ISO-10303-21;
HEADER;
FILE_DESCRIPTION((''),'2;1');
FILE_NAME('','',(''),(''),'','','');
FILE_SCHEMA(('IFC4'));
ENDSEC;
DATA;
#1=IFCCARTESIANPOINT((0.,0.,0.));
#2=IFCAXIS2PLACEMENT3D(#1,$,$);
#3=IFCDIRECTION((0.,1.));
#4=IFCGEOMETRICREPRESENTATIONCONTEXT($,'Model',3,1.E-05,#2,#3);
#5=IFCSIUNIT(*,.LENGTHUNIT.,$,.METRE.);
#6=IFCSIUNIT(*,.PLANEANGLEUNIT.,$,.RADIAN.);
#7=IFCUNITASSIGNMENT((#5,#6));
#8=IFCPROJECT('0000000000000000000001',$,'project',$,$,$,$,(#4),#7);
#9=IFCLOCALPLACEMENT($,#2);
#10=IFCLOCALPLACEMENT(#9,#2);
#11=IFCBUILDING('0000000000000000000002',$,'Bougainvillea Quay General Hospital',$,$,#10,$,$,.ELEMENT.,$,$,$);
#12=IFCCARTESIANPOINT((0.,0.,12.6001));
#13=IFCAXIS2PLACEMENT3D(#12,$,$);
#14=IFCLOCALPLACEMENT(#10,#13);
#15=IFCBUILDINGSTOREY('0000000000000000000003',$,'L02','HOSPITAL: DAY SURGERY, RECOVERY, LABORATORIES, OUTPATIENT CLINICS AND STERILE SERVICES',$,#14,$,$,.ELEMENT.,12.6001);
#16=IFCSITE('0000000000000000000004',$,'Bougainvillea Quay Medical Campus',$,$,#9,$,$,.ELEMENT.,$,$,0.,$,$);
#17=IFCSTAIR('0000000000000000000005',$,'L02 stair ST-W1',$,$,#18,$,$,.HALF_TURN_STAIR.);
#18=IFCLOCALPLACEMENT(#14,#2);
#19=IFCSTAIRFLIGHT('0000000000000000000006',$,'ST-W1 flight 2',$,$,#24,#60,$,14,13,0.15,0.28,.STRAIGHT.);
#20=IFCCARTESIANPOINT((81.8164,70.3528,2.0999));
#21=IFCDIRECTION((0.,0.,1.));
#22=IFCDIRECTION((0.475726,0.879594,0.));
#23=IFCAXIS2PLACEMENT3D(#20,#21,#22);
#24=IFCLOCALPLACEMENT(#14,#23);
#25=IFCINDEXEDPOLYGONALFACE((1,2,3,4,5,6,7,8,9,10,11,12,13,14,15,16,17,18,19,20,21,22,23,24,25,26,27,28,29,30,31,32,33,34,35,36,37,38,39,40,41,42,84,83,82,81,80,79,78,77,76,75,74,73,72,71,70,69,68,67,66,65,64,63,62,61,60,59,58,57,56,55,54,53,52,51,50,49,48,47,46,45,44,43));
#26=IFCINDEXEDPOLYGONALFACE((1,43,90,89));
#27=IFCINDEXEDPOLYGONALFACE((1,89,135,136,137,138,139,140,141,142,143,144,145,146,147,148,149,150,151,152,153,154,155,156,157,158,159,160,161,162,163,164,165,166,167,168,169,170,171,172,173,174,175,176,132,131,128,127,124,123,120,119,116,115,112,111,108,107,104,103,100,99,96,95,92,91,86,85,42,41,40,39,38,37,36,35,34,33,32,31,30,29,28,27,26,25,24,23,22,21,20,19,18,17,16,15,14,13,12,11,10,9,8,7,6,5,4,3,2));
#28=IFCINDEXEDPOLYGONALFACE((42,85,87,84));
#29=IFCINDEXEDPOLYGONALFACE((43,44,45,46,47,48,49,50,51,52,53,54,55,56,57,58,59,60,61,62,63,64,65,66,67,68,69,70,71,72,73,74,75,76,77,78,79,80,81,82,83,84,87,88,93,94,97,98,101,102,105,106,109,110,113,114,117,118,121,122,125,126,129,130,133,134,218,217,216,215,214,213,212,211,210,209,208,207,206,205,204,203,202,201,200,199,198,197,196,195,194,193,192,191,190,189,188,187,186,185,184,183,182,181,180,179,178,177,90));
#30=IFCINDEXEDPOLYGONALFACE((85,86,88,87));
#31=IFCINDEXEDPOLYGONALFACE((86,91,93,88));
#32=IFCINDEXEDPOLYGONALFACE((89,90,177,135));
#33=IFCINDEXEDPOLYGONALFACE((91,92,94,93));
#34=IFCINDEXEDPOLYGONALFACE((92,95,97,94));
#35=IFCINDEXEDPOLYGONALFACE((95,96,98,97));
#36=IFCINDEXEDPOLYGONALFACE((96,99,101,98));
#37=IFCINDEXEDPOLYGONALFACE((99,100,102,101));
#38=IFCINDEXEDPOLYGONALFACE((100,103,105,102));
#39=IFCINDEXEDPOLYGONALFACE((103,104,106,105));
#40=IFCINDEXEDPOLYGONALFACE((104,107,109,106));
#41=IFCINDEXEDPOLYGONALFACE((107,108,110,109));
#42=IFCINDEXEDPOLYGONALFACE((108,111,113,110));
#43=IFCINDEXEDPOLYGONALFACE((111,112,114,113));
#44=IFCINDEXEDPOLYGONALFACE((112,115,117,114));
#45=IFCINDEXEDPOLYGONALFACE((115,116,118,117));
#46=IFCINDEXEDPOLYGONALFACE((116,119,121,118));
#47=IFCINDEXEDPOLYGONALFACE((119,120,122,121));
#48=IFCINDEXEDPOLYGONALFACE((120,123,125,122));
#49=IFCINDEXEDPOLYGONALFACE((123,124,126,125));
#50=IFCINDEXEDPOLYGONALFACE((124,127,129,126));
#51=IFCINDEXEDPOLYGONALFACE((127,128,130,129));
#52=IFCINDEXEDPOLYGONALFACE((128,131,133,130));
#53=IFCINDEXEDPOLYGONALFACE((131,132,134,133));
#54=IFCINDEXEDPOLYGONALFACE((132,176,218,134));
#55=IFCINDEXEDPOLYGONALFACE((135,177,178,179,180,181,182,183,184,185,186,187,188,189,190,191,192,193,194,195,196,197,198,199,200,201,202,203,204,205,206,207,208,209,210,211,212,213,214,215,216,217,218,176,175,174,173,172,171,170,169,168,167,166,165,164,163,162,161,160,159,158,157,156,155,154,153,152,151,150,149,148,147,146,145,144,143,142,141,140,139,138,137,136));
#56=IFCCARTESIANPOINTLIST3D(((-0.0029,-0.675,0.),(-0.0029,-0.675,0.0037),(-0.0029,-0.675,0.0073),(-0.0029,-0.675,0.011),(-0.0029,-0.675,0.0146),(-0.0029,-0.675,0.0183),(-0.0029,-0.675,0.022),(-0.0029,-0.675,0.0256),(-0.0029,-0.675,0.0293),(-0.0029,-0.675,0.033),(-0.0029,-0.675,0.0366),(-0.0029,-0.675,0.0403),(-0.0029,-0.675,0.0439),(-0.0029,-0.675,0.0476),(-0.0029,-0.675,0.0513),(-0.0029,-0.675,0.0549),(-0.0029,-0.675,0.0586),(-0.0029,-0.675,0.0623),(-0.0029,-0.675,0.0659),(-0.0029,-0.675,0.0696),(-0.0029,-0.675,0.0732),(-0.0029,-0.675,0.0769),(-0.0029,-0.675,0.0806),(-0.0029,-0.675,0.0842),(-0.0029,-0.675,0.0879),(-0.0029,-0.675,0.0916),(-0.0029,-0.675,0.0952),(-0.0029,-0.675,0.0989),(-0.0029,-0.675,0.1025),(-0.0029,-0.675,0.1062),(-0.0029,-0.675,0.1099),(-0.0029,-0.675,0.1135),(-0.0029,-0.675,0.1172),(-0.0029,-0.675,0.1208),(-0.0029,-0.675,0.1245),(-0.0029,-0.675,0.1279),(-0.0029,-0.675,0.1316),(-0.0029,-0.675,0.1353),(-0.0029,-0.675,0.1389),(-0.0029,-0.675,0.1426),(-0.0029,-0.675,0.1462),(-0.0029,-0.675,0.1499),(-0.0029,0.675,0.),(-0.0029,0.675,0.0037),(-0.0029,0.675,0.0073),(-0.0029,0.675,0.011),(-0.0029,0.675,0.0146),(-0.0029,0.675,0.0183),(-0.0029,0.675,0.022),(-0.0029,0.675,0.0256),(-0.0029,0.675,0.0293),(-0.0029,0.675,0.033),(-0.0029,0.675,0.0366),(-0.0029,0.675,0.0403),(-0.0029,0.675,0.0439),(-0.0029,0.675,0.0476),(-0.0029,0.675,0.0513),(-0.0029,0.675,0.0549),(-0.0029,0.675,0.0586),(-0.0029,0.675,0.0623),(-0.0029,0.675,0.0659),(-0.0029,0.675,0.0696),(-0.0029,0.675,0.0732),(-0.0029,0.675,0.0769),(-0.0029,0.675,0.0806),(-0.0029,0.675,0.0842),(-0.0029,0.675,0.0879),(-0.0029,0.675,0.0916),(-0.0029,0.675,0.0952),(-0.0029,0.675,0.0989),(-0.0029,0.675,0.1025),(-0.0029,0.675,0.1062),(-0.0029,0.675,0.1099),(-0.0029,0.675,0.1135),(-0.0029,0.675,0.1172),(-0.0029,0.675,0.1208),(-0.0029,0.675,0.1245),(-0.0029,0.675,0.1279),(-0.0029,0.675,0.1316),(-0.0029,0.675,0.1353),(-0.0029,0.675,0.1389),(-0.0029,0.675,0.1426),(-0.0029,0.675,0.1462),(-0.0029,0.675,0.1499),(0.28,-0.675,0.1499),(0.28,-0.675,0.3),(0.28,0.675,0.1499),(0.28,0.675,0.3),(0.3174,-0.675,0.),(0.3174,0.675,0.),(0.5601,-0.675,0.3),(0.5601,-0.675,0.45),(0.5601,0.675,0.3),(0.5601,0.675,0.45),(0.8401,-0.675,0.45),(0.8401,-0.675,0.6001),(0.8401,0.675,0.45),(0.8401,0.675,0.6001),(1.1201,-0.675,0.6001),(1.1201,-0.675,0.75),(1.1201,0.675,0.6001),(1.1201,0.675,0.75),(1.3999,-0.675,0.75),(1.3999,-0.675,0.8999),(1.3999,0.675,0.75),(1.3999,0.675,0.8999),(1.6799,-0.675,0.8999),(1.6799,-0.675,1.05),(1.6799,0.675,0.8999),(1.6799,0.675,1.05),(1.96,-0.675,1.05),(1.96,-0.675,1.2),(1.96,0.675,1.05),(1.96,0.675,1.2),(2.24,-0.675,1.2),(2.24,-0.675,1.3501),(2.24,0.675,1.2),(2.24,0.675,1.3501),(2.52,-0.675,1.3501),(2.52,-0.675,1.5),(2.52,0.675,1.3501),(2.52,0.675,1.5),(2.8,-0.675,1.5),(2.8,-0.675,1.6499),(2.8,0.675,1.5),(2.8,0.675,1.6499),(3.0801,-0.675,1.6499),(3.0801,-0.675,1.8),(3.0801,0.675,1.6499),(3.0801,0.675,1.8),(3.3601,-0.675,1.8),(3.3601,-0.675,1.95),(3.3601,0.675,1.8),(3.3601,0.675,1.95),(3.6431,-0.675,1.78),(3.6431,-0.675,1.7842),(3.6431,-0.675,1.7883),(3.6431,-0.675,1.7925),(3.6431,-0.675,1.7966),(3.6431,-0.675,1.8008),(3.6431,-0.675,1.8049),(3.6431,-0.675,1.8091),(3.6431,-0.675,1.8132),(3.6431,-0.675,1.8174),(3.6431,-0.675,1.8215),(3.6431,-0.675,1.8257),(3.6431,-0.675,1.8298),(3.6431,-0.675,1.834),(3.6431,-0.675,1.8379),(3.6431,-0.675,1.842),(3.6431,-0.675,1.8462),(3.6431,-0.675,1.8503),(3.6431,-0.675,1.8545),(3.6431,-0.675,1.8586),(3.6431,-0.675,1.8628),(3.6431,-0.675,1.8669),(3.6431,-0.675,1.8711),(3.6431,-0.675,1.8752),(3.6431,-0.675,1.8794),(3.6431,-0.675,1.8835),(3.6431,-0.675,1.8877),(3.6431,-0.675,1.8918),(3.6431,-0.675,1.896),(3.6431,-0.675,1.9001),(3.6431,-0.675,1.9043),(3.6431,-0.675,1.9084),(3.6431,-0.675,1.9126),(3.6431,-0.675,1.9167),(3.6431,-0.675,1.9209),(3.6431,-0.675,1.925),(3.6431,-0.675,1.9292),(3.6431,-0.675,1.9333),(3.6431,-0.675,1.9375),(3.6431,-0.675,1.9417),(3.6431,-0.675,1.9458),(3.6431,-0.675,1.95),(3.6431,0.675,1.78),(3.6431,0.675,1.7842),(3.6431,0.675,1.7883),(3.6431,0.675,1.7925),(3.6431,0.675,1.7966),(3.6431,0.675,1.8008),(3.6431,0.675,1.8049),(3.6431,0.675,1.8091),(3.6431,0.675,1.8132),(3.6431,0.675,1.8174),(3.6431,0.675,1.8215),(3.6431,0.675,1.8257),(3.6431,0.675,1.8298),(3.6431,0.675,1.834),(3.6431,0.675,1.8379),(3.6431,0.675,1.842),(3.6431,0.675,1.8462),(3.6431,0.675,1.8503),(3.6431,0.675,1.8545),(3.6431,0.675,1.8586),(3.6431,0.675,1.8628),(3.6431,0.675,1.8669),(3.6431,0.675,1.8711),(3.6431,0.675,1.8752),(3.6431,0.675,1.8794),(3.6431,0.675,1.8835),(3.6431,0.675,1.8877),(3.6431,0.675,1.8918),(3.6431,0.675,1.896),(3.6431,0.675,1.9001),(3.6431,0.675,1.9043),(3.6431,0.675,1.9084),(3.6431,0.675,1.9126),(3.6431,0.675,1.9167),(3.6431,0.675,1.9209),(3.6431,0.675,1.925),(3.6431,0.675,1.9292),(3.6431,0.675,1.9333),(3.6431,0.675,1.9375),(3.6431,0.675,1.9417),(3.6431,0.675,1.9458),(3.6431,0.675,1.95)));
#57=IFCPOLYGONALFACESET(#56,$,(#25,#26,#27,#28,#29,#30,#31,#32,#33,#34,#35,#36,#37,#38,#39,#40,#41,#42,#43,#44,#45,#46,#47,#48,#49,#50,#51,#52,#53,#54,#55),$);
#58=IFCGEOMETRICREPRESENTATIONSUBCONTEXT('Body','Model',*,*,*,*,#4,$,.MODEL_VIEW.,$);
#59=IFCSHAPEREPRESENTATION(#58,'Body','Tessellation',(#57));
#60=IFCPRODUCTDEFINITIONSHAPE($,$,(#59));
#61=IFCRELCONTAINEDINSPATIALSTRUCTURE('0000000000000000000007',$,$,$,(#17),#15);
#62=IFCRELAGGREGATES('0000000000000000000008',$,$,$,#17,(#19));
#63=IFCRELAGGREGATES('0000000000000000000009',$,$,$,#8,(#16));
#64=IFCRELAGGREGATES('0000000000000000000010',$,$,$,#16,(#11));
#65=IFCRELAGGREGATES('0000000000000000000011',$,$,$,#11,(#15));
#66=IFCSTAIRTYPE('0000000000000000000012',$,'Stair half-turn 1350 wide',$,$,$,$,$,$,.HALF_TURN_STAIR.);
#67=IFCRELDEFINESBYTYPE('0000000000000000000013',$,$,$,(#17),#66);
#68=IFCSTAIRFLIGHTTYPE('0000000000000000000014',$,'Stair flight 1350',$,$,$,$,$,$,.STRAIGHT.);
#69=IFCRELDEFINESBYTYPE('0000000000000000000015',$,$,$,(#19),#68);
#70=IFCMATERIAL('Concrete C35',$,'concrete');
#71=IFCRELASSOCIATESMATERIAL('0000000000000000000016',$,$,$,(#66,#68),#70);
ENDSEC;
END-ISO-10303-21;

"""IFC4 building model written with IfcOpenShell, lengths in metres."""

from ifc_helpers import new_model, si_unit, direction, frame, origin, place, context, subcontext, project, spatial, polyline, outline, extrude, material, type_object, element, aggregate, save


model = new_model("IFC4")

# Units and contexts
model_context = context("Model", 3, precision=1e-05, world=origin(), true_north=direction((0.0, 1.0)))
body_context = subcontext(model_context, "Body", "Model", "MODEL_VIEW")
ifc_project = project(units=[si_unit("LENGTHUNIT", "METRE"), si_unit("PLANEANGLEUNIT", "RADIAN")], contexts=[model_context])

# Site, building, storey
site_placement = place(None, origin())
site = spatial("IfcSite", under=ifc_project, at=site_placement, Name="Bougainvillea Quay Medical Campus", CompositionType="ELEMENT", RefElevation=0.0)
building_placement = place(site_placement, origin())
building = spatial("IfcBuilding", under=site, at=building_placement, Name="Bougainvillea Quay General Hospital", CompositionType="ELEMENT")
storey_placement = place(building_placement, frame((0.0, 0.0, 12.6001)))
storey = spatial("IfcBuildingStorey", under=building, at=storey_placement, Name="L02", Description="HOSPITAL: DAY SURGERY, RECOVERY, LABORATORIES, OUTPATIENT CLINICS AND STERILE SERVICES", CompositionType="ELEMENT", Elevation=12.6001)

# Stair, stair flight
ifc_material_1 = material(Name="Concrete C35", Category="concrete")
stair_type = type_object("IfcStairType", Name="Stair half-turn 1350 wide", PredefinedType="HALF_TURN_STAIR", material=ifc_material_1)
stair_placement = place(storey_placement, origin())
stair = element("IfcStair", 1, at=stair_placement, inside=storey, type_object=stair_type, Name="L02 stair ST-W1", PredefinedType="HALF_TURN_STAIR")
stair_flight_type = type_object("IfcStairFlightType", Name="Stair flight 1350", PredefinedType="STRAIGHT", material=ifc_material_1)
stair_flight_placement = place(storey_placement, frame((81.8164, 70.3528, 2.0999), z_axis=(0.0, 0.0, 1.0), x_axis=(0.475726, 0.879594, 0.0)))
stair_flight = element("IfcStairFlight", 2, at=stair_flight_placement, type_object=stair_flight_type, Name="ST-W1 flight 2", NumberOfRisers=14, NumberOfTreads=13, PredefinedType="STRAIGHT", RiserHeight=0.15, TreadLength=0.28, context=body_context, shape_type="SweptSolid", body=[
    extrude(outline(polyline([(-0.0029, 0.0), (-0.0029, 0.0037), (-0.0029, 0.0073), (-0.0029, 0.011), (-0.0029, 0.0146), (-0.0029, 0.0183), (-0.0029, 0.022), (-0.0029, 0.0256), (-0.0029, 0.0293), (-0.0029, 0.033), (-0.0029, 0.0366), (-0.0029, 0.0403), (-0.0029, 0.0439), (-0.0029, 0.0476), (-0.0029, 0.0513), (-0.0029, 0.0549), (-0.0029, 0.0586), (-0.0029, 0.0623), (-0.0029, 0.0659), (-0.0029, 0.0696), (-0.0029, 0.0732), (-0.0029, 0.0769), (-0.0029, 0.0806), (-0.0029, 0.0842), (-0.0029, 0.0879), (-0.0029, 0.0916), (-0.0029, 0.0952), (-0.0029, 0.0989), (-0.0029, 0.1025), (-0.0029, 0.1062), (-0.0029, 0.1099), (-0.0029, 0.1135), (-0.0029, 0.1172), (-0.0029, 0.1208), (-0.0029, 0.1245), (-0.0029, 0.1279), (-0.0029, 0.1316), (-0.0029, 0.1353), (-0.0029, 0.1389), (-0.0029, 0.1426), (-0.0029, 0.1462), (-0.0029, 0.1499), (0.28, 0.1499), (0.28, 0.3), (0.5601, 0.3), (0.5601, 0.45), (0.8401, 0.45), (0.8401, 0.6001), (1.1201, 0.6001), (1.1201, 0.75), (1.3999, 0.75), (1.3999, 0.8999), (1.6799, 0.8999), (1.6799, 1.05), (1.96, 1.05), (1.96, 1.2), (2.24, 1.2), (2.24, 1.3501), (2.52, 1.3501), (2.52, 1.5), (2.8, 1.5), (2.8, 1.6499), (3.0801, 1.6499), (3.0801, 1.8), (3.3601, 1.8), (3.3601, 1.95), (3.6431, 1.95), (3.6431, 1.9458), (3.6431, 1.9417), (3.6431, 1.9375), (3.6431, 1.9333), (3.6431, 1.9292), (3.6431, 1.925), (3.6431, 1.9209), (3.6431, 1.9167), (3.6431, 1.9126), (3.6431, 1.9084), (3.6431, 1.9043), (3.6431, 1.9001), (3.6431, 1.896), (3.6431, 1.8918), (3.6431, 1.8877), (3.6431, 1.8835), (3.6431, 1.8794), (3.6431, 1.8752), (3.6431, 1.8711), (3.6431, 1.8669), (3.6431, 1.8628), (3.6431, 1.8586), (3.6431, 1.8545), (3.6431, 1.8503), (3.6431, 1.8462), (3.6431, 1.842), (3.6431, 1.8379), (3.6431, 1.834), (3.6431, 1.8298), (3.6431, 1.8257), (3.6431, 1.8215), (3.6431, 1.8174), (3.6431, 1.8132), (3.6431, 1.8091), (3.6431, 1.8049), (3.6431, 1.8008), (3.6431, 1.7966), (3.6431, 1.7925), (3.6431, 1.7883), (3.6431, 1.7842), (3.6431, 1.78), (0.3174, 0.0), (-0.0029, 0.0)])), frame((0.0, 0.675, 0.0), z_axis=(0.0, -1.0, 0.0), x_axis=(1.0, 0.0, 0.0)), (0.0, 0.0, 1.0), 1.3501),
])
aggregate(stair, [stair_flight])

save(model, "model.ifc")
